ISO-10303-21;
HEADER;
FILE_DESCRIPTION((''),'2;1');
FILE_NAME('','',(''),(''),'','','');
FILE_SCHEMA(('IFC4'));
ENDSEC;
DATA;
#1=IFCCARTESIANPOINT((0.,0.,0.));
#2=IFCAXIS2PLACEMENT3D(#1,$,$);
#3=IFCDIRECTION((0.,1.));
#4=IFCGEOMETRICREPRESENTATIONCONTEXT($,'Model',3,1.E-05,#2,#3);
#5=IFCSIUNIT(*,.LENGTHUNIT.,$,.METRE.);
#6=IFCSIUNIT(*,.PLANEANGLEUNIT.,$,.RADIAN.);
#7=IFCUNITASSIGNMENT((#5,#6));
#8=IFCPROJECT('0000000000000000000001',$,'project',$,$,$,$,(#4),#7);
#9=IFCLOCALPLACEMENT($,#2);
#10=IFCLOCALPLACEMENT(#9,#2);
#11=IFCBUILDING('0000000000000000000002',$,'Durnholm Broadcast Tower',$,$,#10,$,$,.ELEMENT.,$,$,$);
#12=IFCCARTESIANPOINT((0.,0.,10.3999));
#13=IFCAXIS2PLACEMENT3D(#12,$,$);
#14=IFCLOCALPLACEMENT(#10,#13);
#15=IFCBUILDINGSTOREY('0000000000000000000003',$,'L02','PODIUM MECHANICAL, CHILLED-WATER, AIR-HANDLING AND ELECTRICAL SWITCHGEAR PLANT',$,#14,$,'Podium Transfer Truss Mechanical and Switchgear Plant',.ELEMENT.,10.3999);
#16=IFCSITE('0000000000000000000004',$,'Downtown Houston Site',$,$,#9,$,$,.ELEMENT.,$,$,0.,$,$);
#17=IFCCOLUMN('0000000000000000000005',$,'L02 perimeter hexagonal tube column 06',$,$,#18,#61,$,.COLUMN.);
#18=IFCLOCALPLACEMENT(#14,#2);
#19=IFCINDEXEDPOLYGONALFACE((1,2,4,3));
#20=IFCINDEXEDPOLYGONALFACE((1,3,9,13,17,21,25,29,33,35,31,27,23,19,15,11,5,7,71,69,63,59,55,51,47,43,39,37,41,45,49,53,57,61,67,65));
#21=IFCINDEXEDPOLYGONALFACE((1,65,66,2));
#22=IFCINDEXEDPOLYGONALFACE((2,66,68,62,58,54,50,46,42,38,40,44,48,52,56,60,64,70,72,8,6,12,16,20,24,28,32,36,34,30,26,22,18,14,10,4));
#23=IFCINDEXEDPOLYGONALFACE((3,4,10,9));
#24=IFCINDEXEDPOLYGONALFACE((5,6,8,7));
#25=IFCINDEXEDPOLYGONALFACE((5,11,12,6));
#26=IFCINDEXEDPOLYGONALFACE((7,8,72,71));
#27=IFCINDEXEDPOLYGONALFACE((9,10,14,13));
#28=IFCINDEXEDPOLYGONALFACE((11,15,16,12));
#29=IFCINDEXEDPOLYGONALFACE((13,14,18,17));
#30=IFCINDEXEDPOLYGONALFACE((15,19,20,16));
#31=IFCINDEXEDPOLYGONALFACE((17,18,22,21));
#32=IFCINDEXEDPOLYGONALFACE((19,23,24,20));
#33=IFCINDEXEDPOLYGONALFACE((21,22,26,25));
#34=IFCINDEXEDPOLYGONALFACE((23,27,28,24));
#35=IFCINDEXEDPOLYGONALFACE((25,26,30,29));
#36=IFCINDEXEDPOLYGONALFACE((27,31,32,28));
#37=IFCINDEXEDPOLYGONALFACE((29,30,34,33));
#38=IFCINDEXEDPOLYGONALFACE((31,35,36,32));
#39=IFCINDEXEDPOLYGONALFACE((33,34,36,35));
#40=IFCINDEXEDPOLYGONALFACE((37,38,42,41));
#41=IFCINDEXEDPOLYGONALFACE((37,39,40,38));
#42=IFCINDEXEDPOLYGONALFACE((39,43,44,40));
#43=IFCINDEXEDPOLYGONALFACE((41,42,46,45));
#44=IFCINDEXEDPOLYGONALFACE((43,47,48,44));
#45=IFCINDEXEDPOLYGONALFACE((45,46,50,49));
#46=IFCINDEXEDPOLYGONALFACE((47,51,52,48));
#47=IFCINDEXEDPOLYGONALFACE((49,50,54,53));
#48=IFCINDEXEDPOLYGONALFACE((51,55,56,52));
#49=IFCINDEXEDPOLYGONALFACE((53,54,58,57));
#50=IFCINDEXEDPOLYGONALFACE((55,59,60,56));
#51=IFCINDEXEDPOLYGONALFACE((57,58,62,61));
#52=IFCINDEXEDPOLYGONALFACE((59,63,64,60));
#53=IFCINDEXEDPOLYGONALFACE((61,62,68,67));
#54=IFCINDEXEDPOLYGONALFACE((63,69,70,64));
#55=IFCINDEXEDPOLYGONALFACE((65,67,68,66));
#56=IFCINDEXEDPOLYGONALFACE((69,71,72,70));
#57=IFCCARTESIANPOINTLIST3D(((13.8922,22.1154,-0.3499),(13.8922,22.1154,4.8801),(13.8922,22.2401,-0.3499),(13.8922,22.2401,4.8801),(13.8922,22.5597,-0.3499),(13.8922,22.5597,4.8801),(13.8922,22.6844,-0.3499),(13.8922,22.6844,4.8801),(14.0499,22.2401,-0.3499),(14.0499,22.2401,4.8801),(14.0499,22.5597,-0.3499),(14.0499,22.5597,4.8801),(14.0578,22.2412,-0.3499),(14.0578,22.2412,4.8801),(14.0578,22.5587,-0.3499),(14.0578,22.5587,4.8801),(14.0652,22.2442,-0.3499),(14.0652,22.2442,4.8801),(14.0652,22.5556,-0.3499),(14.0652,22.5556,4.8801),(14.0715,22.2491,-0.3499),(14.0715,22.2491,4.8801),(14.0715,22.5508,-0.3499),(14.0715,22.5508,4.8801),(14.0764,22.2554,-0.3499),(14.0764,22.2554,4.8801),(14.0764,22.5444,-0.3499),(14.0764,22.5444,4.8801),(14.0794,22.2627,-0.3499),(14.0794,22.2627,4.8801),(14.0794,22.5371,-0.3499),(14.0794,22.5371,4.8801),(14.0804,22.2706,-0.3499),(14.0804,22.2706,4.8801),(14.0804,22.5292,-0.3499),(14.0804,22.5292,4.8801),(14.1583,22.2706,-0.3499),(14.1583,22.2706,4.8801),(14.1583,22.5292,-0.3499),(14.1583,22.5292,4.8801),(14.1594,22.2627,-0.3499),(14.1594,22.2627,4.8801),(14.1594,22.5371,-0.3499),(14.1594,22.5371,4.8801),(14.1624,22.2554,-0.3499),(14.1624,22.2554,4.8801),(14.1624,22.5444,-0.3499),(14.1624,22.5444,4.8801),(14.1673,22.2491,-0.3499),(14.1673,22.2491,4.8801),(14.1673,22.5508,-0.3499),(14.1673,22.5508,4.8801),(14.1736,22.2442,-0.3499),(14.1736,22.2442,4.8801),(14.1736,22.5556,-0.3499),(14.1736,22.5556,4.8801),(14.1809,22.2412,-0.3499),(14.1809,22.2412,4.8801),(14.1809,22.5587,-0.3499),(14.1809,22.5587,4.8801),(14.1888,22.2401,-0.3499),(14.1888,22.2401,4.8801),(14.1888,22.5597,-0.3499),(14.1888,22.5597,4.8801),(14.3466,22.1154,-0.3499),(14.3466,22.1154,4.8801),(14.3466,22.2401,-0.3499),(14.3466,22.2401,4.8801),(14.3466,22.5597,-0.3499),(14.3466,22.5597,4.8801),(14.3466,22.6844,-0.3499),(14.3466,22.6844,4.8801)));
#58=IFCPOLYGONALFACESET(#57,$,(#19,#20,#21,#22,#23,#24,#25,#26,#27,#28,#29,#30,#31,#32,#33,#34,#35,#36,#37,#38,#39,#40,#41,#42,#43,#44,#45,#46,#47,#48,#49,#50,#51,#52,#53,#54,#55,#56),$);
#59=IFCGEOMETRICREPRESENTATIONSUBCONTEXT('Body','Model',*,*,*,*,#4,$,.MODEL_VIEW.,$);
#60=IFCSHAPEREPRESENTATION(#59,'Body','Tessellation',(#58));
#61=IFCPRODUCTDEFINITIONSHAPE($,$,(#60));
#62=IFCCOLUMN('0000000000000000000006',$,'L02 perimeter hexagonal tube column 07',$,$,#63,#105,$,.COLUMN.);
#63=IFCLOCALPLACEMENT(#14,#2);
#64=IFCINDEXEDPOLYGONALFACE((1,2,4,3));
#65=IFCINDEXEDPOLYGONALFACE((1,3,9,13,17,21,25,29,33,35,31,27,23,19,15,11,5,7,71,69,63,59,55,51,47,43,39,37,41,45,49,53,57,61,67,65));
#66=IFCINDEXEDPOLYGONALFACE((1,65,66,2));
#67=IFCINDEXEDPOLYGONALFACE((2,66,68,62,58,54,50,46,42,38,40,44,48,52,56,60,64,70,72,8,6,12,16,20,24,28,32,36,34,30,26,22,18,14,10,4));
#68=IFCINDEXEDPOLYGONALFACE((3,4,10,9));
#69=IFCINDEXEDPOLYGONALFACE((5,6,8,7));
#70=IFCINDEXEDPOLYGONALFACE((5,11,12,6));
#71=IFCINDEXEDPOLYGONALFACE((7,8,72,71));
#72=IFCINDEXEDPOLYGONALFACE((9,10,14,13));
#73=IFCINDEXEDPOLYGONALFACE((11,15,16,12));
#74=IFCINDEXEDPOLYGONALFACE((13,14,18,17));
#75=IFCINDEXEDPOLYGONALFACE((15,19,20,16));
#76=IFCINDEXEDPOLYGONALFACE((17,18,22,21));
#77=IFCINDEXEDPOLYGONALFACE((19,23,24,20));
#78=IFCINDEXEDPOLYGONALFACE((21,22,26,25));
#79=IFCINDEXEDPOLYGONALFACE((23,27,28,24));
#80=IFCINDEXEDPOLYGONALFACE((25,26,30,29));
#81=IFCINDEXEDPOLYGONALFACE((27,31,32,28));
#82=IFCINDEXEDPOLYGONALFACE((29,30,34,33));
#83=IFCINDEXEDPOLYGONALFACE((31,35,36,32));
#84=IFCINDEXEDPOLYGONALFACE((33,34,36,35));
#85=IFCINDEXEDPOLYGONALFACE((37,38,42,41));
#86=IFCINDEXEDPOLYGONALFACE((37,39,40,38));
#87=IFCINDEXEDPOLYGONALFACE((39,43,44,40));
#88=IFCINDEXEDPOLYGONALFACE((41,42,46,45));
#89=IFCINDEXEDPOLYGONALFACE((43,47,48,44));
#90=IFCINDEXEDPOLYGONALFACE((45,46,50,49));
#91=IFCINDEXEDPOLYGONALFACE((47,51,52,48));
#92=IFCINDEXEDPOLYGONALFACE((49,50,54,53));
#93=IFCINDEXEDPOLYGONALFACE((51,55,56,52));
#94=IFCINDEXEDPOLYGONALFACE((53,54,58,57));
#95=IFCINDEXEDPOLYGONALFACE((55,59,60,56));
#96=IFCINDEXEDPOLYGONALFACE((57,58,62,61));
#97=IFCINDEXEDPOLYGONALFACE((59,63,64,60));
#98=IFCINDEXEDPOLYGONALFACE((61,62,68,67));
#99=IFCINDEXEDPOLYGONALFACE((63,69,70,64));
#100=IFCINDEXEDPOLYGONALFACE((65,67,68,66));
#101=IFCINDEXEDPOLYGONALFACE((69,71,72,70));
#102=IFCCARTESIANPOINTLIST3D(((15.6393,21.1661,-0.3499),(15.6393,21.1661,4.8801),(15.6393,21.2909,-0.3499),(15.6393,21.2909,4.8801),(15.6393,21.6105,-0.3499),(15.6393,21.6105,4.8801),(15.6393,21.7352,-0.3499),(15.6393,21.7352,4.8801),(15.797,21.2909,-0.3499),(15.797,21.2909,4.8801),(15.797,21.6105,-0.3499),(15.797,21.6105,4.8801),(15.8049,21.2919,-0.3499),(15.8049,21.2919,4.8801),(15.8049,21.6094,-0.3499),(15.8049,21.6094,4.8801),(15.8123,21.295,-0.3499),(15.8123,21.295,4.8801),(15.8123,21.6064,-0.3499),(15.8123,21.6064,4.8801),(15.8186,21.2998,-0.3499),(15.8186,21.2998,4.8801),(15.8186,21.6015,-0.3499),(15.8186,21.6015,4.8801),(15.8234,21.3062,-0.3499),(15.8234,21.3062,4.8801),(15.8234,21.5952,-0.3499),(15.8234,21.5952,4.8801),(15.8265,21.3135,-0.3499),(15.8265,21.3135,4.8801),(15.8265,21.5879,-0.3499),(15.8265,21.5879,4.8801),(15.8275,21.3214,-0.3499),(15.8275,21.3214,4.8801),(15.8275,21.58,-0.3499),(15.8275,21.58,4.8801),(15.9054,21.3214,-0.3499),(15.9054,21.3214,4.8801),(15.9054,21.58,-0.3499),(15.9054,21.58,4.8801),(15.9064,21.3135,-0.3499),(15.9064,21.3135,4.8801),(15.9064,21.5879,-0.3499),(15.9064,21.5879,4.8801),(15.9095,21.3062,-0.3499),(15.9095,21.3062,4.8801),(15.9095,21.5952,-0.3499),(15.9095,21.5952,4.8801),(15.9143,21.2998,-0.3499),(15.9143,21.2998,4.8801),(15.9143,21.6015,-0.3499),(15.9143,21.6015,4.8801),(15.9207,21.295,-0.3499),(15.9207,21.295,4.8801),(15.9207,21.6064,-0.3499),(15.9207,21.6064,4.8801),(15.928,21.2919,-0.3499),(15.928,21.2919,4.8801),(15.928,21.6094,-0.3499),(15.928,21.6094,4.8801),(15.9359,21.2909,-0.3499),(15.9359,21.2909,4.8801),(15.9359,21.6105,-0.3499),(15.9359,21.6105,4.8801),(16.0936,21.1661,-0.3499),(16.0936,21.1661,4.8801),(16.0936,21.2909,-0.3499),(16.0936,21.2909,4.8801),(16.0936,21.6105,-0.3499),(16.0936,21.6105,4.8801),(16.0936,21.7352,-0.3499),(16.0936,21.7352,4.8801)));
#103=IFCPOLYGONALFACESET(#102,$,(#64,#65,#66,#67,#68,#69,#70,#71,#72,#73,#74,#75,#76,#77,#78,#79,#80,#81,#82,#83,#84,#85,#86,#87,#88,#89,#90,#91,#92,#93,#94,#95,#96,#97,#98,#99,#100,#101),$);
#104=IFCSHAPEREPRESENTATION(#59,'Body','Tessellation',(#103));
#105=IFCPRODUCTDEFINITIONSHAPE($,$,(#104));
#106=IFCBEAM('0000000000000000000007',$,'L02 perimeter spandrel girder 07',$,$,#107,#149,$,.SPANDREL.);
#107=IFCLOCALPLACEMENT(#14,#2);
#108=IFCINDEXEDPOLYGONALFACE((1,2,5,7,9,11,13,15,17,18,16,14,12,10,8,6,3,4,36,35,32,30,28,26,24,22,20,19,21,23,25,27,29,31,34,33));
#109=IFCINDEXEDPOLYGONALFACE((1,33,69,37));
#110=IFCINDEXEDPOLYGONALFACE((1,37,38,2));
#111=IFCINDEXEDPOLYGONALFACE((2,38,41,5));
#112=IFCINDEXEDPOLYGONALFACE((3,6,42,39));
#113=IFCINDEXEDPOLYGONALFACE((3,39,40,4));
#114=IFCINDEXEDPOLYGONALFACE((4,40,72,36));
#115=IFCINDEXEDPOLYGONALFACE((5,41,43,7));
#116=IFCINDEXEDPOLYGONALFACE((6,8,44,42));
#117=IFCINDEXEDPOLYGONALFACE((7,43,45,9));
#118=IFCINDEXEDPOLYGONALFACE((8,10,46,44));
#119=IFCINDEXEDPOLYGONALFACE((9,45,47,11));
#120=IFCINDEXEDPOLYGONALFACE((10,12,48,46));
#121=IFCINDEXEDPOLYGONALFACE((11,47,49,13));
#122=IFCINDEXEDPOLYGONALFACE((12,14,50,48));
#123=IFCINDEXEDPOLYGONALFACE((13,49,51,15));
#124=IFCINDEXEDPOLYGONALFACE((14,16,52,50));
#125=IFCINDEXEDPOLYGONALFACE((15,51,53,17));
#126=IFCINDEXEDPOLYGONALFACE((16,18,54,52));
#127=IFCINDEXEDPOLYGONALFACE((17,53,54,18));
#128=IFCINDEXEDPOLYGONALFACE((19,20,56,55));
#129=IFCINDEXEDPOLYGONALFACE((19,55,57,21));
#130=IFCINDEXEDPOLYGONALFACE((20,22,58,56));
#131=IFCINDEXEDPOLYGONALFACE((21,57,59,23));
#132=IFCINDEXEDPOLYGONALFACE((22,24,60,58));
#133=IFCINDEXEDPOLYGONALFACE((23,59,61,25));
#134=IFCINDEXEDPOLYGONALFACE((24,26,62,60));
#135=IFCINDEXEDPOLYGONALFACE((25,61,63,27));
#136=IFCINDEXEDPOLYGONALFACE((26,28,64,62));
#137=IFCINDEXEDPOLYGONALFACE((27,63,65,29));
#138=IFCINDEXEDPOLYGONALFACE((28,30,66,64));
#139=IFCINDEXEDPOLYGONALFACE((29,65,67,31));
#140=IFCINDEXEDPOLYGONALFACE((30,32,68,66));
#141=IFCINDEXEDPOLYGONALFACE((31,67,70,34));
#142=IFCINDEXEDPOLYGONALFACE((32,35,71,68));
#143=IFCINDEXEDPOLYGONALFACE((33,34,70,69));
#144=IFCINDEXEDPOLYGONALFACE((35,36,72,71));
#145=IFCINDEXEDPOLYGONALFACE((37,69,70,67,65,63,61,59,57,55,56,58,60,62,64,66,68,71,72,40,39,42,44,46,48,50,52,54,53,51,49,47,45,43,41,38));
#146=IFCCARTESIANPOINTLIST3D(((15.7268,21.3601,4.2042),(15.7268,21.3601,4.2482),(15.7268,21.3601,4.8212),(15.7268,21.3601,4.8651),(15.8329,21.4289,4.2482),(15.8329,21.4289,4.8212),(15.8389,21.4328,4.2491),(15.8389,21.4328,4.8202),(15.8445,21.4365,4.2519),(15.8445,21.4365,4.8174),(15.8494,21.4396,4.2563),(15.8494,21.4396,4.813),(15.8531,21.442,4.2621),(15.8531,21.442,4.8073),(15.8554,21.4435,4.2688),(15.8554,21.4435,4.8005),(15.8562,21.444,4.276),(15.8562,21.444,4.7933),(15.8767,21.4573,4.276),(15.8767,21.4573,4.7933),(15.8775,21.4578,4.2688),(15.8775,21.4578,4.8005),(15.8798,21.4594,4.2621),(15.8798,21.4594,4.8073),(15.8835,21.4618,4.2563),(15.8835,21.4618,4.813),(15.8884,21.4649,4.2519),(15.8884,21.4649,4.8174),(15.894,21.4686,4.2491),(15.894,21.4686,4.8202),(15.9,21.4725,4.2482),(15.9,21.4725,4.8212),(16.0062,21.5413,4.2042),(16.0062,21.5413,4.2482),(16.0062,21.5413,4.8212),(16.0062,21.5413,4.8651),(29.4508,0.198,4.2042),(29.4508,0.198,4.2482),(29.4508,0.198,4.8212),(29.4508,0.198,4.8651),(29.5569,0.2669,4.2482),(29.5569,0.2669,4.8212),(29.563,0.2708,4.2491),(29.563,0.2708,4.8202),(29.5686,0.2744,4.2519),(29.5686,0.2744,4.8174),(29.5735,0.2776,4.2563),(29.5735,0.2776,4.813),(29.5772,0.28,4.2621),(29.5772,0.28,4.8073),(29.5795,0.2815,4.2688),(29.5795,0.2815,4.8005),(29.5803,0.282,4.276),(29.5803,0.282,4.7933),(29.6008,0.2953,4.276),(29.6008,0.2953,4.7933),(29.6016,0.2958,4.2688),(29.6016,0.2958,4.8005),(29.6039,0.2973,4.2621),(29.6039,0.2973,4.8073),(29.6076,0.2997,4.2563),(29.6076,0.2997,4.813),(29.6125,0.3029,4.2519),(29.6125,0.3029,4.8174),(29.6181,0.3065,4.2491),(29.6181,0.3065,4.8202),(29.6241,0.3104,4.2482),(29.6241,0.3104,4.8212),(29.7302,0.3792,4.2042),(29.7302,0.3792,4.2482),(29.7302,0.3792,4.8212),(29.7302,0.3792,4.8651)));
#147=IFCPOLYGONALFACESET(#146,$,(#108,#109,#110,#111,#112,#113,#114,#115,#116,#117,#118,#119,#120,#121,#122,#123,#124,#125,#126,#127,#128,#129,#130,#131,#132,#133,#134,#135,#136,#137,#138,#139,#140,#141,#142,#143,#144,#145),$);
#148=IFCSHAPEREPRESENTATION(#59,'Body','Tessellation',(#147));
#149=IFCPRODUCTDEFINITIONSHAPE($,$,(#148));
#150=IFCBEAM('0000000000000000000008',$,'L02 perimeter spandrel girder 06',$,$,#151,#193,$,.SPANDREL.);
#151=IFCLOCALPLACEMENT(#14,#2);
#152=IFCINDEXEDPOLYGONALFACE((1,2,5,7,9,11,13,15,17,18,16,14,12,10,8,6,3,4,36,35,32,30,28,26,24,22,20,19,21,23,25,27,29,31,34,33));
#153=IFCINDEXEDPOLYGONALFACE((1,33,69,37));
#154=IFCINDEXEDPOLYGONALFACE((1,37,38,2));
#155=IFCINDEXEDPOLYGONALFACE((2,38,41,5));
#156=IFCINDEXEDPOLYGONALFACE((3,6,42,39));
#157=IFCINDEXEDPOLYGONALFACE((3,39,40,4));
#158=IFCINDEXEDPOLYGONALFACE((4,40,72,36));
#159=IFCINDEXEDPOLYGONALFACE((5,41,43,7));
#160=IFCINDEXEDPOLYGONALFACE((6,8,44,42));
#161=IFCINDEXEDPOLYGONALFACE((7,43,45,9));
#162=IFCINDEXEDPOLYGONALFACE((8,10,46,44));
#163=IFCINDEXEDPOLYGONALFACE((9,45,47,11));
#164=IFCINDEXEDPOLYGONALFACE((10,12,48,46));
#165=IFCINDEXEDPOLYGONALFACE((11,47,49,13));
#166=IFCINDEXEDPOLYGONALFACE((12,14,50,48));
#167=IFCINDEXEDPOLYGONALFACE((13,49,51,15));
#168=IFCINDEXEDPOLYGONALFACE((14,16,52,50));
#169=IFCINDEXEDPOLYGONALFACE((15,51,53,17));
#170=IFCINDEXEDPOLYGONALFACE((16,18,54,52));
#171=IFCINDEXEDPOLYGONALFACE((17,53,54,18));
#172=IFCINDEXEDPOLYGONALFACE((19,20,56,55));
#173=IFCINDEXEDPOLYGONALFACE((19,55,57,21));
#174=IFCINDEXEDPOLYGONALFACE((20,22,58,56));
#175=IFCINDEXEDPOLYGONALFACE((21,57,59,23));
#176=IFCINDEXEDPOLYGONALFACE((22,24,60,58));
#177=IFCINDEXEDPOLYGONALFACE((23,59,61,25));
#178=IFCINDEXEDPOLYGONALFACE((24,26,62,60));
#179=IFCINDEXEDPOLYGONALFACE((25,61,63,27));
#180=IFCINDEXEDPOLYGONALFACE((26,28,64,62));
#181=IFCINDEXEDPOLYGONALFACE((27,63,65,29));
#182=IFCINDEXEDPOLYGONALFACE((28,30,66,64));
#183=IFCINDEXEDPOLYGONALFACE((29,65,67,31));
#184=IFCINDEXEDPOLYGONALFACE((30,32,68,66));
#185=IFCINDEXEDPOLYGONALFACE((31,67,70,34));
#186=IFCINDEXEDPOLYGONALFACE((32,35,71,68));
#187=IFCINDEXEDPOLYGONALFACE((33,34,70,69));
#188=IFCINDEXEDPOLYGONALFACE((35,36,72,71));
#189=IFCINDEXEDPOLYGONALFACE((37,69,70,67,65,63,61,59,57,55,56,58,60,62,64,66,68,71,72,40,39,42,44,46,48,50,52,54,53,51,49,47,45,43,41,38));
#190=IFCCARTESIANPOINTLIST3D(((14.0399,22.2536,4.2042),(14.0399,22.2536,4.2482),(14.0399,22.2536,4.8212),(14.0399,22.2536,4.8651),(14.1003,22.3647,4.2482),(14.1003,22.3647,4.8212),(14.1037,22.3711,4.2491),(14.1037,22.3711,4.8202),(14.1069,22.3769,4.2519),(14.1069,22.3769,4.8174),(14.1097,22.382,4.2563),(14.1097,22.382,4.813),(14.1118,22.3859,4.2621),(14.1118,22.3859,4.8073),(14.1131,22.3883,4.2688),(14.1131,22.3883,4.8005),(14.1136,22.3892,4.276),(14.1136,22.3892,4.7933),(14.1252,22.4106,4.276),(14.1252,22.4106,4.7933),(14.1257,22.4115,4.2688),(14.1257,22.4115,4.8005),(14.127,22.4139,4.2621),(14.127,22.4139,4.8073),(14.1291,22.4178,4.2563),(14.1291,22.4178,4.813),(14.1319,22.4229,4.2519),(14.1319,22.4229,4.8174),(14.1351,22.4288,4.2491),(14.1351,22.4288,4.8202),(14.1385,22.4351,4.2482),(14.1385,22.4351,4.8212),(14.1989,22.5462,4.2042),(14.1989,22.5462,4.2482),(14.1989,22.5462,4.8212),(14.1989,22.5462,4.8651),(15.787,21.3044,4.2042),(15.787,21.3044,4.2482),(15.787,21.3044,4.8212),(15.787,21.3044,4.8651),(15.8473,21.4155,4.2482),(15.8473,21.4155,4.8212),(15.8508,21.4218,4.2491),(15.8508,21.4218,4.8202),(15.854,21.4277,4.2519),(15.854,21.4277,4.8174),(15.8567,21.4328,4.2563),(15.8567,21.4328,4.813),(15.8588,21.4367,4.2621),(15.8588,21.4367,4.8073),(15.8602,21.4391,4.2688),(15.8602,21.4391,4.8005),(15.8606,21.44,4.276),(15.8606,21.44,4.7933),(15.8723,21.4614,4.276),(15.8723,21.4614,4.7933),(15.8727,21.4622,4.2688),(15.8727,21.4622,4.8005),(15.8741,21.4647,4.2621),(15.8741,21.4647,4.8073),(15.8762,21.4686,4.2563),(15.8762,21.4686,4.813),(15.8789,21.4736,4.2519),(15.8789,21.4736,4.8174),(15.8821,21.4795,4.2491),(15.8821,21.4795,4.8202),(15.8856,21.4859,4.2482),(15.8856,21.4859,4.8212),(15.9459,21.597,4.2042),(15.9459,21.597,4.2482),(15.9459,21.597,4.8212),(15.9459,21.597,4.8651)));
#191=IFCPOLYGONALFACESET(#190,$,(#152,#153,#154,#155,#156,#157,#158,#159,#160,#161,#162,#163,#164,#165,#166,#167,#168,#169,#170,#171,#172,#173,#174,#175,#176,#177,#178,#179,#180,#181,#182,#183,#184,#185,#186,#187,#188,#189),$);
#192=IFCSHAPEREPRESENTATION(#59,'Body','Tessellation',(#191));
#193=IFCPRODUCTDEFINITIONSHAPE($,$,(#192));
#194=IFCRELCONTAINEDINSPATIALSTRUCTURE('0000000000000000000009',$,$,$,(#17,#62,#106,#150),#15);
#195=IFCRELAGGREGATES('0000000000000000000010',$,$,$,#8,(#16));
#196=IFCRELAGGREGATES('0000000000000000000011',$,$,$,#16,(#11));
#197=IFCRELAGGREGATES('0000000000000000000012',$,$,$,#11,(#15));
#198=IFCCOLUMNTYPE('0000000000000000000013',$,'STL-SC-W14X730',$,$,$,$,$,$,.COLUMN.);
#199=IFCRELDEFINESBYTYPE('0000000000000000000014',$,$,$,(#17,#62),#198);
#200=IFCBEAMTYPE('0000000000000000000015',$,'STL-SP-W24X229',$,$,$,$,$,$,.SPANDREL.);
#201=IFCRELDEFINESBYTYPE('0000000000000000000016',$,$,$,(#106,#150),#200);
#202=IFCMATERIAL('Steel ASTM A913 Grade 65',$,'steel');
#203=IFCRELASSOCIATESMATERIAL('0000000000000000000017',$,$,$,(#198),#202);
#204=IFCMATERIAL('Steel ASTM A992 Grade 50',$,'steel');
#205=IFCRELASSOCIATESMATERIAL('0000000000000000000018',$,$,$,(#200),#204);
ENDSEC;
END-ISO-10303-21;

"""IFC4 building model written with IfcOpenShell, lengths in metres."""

from ifc_helpers import new_model, si_unit, direction, frame, origin, origin_2d, place, context, subcontext, project, spatial, i_section, extrude, source, transform, mapped, material, material_profile, profile_set, type_object, type_shapes, element, save


model = new_model("IFC4")

# Units and contexts
model_context = context("Model", 3, precision=1e-05, world=origin(), true_north=direction((0.0, 1.0)))
body_context = subcontext(model_context, "Body", "Model", "MODEL_VIEW")
ifc_project = project(units=[si_unit("LENGTHUNIT", "METRE"), si_unit("PLANEANGLEUNIT", "RADIAN")], contexts=[model_context])

# Site, building, storey
site_placement = place(None, origin())
site = spatial("IfcSite", under=ifc_project, at=site_placement, Name="Downtown Houston Site", CompositionType="ELEMENT", RefElevation=0.0)
building_placement = place(site_placement, origin())
building = spatial("IfcBuilding", under=site, at=building_placement, Name="Durnholm Broadcast Tower", CompositionType="ELEMENT")
storey_placement = place(building_placement, frame((0.0, 0.0, 10.3999)))
storey = spatial("IfcBuildingStorey", under=building, at=storey_placement, Name="L02", Description="PODIUM MECHANICAL, CHILLED-WATER, AIR-HANDLING AND ELECTRICAL SWITCHGEAR PLANT", LongName="Podium Transfer Truss Mechanical and Switchgear Plant", CompositionType="ELEMENT", Elevation=10.3999)

# Columns
ifc_material_1 = material(Name="Steel ASTM A913 Grade 65", Category="steel")
ifc_material_profile_1 = material_profile(ifc_material_1, i_section(OverallWidth=0.4543, OverallDepth=0.5691, WebThickness=0.0779, FlangeThickness=0.1248, FilletRadius=0.0305, at=origin_2d()), Name="W14X730")
ifc_profile_set_1 = profile_set([ifc_material_profile_1], Name="Steel ASTM A913 Grade 65")
column_type = type_object("IfcColumnType", Name="STL-SC-W14X730", PredefinedType="COLUMN", material=ifc_profile_set_1)
shared_shape_1 = source(origin(), body_context, "Body", "SweptSolid", [
    extrude(i_section(OverallWidth=0.4543, OverallDepth=0.5691, WebThickness=0.0779, FlangeThickness=0.1248, FilletRadius=0.0305, at=origin_2d()), origin(), (0.0, 0.0, 1.0), 5.23),
])
type_shapes(column_type, [shared_shape_1])
for number, where, z_axis, x_axis, name in (
    (1, (14.1194, 22.3999, -0.3499), (0.0, 0.0, 1.0), (1.0, 0.0, 0.0), "L02 perimeter hexagonal tube column 06"),
    (2, (15.8665, 21.4507, -0.3499), (0.0, 0.0, 1.0), (1.0, 0.0, 0.0), "L02 perimeter hexagonal tube column 07"),
):
    element("IfcColumn", number, at=place(storey_placement, frame(where, z_axis=z_axis, x_axis=x_axis)), inside=storey, type_object=column_type, Name=name, PredefinedType="COLUMN", context=body_context, shape_type="MappedRepresentation", body=[
        mapped(shared_shape_1, transform((0.0, 0.0, 0.0), x_axis=(1.0, 0.0, 0.0), y_axis=(0.0, 1.0, 0.0), z_axis=(0.0, 0.0, 1.0), scale=1.0)),
    ])

# Beams
ifc_material_2 = material(Name="Steel ASTM A992 Grade 50", Category="steel")
ifc_material_profile_2 = material_profile(ifc_material_2, i_section(OverallWidth=0.333, OverallDepth=0.6609, WebThickness=0.0244, FlangeThickness=0.0439, FilletRadius=0.0278, at=origin_2d()), Name="W24X229")
ifc_profile_set_2 = profile_set([ifc_material_profile_2], Name="Steel ASTM A992 Grade 50")
beam_type_1 = type_object("IfcBeamType", Name="STL-SP-W24X229", PredefinedType="SPANDREL", material=ifc_profile_set_2)
shared_shape_2 = source(origin(), body_context, "Body", "SweptSolid", [
    extrude(i_section(OverallWidth=0.333, OverallDepth=0.6609, WebThickness=0.0244, FlangeThickness=0.0439, FilletRadius=0.0278, at=origin_2d()), origin(), (0.0, 0.0, 1.0), 25.2227),
])
beam_1_placement = place(storey_placement, frame((15.8665, 21.4507, 4.5347), z_axis=(0.544117, -0.839009, 0.0), x_axis=(0.839009, 0.544117, 0.0)))
element("IfcBeam", 3, at=beam_1_placement, inside=storey, type_object=beam_type_1, Name="L02 perimeter spandrel girder 07", PredefinedType="SPANDREL", context=body_context, shape_type="MappedRepresentation", body=[
    mapped(shared_shape_2, transform((0.0, 0.0, 0.0), x_axis=(1.0, 0.0, 0.0), y_axis=(0.0, 1.0, 0.0), z_axis=(0.0, 0.0, 1.0), scale=1.0)),
])
shared_shape_3 = source(origin(), body_context, "Body", "SweptSolid", [
    extrude(i_section(OverallWidth=0.333, OverallDepth=0.6609, WebThickness=0.0244, FlangeThickness=0.0439, FilletRadius=0.0278, at=origin_2d()), origin(), (0.0, 0.0, 1.0), 1.9883),
])
type_shapes(beam_type_1, [shared_shape_2, shared_shape_3])
beam_2_placement = place(storey_placement, frame((14.1194, 22.3999, 4.5347), z_axis=(0.878683, -0.477406, 0.0), x_axis=(0.477406, 0.878683, 0.0)))
element("IfcBeam", 4, at=beam_2_placement, inside=storey, type_object=beam_type_1, Name="L02 perimeter spandrel girder 06", PredefinedType="SPANDREL", context=body_context, shape_type="MappedRepresentation", body=[
    mapped(shared_shape_3, transform((0.0, 0.0, 0.0), x_axis=(1.0, 0.0, 0.0), y_axis=(0.0, 1.0, 0.0), z_axis=(0.0, 0.0, 1.0), scale=1.0)),
])

save(model, "model.ifc")
